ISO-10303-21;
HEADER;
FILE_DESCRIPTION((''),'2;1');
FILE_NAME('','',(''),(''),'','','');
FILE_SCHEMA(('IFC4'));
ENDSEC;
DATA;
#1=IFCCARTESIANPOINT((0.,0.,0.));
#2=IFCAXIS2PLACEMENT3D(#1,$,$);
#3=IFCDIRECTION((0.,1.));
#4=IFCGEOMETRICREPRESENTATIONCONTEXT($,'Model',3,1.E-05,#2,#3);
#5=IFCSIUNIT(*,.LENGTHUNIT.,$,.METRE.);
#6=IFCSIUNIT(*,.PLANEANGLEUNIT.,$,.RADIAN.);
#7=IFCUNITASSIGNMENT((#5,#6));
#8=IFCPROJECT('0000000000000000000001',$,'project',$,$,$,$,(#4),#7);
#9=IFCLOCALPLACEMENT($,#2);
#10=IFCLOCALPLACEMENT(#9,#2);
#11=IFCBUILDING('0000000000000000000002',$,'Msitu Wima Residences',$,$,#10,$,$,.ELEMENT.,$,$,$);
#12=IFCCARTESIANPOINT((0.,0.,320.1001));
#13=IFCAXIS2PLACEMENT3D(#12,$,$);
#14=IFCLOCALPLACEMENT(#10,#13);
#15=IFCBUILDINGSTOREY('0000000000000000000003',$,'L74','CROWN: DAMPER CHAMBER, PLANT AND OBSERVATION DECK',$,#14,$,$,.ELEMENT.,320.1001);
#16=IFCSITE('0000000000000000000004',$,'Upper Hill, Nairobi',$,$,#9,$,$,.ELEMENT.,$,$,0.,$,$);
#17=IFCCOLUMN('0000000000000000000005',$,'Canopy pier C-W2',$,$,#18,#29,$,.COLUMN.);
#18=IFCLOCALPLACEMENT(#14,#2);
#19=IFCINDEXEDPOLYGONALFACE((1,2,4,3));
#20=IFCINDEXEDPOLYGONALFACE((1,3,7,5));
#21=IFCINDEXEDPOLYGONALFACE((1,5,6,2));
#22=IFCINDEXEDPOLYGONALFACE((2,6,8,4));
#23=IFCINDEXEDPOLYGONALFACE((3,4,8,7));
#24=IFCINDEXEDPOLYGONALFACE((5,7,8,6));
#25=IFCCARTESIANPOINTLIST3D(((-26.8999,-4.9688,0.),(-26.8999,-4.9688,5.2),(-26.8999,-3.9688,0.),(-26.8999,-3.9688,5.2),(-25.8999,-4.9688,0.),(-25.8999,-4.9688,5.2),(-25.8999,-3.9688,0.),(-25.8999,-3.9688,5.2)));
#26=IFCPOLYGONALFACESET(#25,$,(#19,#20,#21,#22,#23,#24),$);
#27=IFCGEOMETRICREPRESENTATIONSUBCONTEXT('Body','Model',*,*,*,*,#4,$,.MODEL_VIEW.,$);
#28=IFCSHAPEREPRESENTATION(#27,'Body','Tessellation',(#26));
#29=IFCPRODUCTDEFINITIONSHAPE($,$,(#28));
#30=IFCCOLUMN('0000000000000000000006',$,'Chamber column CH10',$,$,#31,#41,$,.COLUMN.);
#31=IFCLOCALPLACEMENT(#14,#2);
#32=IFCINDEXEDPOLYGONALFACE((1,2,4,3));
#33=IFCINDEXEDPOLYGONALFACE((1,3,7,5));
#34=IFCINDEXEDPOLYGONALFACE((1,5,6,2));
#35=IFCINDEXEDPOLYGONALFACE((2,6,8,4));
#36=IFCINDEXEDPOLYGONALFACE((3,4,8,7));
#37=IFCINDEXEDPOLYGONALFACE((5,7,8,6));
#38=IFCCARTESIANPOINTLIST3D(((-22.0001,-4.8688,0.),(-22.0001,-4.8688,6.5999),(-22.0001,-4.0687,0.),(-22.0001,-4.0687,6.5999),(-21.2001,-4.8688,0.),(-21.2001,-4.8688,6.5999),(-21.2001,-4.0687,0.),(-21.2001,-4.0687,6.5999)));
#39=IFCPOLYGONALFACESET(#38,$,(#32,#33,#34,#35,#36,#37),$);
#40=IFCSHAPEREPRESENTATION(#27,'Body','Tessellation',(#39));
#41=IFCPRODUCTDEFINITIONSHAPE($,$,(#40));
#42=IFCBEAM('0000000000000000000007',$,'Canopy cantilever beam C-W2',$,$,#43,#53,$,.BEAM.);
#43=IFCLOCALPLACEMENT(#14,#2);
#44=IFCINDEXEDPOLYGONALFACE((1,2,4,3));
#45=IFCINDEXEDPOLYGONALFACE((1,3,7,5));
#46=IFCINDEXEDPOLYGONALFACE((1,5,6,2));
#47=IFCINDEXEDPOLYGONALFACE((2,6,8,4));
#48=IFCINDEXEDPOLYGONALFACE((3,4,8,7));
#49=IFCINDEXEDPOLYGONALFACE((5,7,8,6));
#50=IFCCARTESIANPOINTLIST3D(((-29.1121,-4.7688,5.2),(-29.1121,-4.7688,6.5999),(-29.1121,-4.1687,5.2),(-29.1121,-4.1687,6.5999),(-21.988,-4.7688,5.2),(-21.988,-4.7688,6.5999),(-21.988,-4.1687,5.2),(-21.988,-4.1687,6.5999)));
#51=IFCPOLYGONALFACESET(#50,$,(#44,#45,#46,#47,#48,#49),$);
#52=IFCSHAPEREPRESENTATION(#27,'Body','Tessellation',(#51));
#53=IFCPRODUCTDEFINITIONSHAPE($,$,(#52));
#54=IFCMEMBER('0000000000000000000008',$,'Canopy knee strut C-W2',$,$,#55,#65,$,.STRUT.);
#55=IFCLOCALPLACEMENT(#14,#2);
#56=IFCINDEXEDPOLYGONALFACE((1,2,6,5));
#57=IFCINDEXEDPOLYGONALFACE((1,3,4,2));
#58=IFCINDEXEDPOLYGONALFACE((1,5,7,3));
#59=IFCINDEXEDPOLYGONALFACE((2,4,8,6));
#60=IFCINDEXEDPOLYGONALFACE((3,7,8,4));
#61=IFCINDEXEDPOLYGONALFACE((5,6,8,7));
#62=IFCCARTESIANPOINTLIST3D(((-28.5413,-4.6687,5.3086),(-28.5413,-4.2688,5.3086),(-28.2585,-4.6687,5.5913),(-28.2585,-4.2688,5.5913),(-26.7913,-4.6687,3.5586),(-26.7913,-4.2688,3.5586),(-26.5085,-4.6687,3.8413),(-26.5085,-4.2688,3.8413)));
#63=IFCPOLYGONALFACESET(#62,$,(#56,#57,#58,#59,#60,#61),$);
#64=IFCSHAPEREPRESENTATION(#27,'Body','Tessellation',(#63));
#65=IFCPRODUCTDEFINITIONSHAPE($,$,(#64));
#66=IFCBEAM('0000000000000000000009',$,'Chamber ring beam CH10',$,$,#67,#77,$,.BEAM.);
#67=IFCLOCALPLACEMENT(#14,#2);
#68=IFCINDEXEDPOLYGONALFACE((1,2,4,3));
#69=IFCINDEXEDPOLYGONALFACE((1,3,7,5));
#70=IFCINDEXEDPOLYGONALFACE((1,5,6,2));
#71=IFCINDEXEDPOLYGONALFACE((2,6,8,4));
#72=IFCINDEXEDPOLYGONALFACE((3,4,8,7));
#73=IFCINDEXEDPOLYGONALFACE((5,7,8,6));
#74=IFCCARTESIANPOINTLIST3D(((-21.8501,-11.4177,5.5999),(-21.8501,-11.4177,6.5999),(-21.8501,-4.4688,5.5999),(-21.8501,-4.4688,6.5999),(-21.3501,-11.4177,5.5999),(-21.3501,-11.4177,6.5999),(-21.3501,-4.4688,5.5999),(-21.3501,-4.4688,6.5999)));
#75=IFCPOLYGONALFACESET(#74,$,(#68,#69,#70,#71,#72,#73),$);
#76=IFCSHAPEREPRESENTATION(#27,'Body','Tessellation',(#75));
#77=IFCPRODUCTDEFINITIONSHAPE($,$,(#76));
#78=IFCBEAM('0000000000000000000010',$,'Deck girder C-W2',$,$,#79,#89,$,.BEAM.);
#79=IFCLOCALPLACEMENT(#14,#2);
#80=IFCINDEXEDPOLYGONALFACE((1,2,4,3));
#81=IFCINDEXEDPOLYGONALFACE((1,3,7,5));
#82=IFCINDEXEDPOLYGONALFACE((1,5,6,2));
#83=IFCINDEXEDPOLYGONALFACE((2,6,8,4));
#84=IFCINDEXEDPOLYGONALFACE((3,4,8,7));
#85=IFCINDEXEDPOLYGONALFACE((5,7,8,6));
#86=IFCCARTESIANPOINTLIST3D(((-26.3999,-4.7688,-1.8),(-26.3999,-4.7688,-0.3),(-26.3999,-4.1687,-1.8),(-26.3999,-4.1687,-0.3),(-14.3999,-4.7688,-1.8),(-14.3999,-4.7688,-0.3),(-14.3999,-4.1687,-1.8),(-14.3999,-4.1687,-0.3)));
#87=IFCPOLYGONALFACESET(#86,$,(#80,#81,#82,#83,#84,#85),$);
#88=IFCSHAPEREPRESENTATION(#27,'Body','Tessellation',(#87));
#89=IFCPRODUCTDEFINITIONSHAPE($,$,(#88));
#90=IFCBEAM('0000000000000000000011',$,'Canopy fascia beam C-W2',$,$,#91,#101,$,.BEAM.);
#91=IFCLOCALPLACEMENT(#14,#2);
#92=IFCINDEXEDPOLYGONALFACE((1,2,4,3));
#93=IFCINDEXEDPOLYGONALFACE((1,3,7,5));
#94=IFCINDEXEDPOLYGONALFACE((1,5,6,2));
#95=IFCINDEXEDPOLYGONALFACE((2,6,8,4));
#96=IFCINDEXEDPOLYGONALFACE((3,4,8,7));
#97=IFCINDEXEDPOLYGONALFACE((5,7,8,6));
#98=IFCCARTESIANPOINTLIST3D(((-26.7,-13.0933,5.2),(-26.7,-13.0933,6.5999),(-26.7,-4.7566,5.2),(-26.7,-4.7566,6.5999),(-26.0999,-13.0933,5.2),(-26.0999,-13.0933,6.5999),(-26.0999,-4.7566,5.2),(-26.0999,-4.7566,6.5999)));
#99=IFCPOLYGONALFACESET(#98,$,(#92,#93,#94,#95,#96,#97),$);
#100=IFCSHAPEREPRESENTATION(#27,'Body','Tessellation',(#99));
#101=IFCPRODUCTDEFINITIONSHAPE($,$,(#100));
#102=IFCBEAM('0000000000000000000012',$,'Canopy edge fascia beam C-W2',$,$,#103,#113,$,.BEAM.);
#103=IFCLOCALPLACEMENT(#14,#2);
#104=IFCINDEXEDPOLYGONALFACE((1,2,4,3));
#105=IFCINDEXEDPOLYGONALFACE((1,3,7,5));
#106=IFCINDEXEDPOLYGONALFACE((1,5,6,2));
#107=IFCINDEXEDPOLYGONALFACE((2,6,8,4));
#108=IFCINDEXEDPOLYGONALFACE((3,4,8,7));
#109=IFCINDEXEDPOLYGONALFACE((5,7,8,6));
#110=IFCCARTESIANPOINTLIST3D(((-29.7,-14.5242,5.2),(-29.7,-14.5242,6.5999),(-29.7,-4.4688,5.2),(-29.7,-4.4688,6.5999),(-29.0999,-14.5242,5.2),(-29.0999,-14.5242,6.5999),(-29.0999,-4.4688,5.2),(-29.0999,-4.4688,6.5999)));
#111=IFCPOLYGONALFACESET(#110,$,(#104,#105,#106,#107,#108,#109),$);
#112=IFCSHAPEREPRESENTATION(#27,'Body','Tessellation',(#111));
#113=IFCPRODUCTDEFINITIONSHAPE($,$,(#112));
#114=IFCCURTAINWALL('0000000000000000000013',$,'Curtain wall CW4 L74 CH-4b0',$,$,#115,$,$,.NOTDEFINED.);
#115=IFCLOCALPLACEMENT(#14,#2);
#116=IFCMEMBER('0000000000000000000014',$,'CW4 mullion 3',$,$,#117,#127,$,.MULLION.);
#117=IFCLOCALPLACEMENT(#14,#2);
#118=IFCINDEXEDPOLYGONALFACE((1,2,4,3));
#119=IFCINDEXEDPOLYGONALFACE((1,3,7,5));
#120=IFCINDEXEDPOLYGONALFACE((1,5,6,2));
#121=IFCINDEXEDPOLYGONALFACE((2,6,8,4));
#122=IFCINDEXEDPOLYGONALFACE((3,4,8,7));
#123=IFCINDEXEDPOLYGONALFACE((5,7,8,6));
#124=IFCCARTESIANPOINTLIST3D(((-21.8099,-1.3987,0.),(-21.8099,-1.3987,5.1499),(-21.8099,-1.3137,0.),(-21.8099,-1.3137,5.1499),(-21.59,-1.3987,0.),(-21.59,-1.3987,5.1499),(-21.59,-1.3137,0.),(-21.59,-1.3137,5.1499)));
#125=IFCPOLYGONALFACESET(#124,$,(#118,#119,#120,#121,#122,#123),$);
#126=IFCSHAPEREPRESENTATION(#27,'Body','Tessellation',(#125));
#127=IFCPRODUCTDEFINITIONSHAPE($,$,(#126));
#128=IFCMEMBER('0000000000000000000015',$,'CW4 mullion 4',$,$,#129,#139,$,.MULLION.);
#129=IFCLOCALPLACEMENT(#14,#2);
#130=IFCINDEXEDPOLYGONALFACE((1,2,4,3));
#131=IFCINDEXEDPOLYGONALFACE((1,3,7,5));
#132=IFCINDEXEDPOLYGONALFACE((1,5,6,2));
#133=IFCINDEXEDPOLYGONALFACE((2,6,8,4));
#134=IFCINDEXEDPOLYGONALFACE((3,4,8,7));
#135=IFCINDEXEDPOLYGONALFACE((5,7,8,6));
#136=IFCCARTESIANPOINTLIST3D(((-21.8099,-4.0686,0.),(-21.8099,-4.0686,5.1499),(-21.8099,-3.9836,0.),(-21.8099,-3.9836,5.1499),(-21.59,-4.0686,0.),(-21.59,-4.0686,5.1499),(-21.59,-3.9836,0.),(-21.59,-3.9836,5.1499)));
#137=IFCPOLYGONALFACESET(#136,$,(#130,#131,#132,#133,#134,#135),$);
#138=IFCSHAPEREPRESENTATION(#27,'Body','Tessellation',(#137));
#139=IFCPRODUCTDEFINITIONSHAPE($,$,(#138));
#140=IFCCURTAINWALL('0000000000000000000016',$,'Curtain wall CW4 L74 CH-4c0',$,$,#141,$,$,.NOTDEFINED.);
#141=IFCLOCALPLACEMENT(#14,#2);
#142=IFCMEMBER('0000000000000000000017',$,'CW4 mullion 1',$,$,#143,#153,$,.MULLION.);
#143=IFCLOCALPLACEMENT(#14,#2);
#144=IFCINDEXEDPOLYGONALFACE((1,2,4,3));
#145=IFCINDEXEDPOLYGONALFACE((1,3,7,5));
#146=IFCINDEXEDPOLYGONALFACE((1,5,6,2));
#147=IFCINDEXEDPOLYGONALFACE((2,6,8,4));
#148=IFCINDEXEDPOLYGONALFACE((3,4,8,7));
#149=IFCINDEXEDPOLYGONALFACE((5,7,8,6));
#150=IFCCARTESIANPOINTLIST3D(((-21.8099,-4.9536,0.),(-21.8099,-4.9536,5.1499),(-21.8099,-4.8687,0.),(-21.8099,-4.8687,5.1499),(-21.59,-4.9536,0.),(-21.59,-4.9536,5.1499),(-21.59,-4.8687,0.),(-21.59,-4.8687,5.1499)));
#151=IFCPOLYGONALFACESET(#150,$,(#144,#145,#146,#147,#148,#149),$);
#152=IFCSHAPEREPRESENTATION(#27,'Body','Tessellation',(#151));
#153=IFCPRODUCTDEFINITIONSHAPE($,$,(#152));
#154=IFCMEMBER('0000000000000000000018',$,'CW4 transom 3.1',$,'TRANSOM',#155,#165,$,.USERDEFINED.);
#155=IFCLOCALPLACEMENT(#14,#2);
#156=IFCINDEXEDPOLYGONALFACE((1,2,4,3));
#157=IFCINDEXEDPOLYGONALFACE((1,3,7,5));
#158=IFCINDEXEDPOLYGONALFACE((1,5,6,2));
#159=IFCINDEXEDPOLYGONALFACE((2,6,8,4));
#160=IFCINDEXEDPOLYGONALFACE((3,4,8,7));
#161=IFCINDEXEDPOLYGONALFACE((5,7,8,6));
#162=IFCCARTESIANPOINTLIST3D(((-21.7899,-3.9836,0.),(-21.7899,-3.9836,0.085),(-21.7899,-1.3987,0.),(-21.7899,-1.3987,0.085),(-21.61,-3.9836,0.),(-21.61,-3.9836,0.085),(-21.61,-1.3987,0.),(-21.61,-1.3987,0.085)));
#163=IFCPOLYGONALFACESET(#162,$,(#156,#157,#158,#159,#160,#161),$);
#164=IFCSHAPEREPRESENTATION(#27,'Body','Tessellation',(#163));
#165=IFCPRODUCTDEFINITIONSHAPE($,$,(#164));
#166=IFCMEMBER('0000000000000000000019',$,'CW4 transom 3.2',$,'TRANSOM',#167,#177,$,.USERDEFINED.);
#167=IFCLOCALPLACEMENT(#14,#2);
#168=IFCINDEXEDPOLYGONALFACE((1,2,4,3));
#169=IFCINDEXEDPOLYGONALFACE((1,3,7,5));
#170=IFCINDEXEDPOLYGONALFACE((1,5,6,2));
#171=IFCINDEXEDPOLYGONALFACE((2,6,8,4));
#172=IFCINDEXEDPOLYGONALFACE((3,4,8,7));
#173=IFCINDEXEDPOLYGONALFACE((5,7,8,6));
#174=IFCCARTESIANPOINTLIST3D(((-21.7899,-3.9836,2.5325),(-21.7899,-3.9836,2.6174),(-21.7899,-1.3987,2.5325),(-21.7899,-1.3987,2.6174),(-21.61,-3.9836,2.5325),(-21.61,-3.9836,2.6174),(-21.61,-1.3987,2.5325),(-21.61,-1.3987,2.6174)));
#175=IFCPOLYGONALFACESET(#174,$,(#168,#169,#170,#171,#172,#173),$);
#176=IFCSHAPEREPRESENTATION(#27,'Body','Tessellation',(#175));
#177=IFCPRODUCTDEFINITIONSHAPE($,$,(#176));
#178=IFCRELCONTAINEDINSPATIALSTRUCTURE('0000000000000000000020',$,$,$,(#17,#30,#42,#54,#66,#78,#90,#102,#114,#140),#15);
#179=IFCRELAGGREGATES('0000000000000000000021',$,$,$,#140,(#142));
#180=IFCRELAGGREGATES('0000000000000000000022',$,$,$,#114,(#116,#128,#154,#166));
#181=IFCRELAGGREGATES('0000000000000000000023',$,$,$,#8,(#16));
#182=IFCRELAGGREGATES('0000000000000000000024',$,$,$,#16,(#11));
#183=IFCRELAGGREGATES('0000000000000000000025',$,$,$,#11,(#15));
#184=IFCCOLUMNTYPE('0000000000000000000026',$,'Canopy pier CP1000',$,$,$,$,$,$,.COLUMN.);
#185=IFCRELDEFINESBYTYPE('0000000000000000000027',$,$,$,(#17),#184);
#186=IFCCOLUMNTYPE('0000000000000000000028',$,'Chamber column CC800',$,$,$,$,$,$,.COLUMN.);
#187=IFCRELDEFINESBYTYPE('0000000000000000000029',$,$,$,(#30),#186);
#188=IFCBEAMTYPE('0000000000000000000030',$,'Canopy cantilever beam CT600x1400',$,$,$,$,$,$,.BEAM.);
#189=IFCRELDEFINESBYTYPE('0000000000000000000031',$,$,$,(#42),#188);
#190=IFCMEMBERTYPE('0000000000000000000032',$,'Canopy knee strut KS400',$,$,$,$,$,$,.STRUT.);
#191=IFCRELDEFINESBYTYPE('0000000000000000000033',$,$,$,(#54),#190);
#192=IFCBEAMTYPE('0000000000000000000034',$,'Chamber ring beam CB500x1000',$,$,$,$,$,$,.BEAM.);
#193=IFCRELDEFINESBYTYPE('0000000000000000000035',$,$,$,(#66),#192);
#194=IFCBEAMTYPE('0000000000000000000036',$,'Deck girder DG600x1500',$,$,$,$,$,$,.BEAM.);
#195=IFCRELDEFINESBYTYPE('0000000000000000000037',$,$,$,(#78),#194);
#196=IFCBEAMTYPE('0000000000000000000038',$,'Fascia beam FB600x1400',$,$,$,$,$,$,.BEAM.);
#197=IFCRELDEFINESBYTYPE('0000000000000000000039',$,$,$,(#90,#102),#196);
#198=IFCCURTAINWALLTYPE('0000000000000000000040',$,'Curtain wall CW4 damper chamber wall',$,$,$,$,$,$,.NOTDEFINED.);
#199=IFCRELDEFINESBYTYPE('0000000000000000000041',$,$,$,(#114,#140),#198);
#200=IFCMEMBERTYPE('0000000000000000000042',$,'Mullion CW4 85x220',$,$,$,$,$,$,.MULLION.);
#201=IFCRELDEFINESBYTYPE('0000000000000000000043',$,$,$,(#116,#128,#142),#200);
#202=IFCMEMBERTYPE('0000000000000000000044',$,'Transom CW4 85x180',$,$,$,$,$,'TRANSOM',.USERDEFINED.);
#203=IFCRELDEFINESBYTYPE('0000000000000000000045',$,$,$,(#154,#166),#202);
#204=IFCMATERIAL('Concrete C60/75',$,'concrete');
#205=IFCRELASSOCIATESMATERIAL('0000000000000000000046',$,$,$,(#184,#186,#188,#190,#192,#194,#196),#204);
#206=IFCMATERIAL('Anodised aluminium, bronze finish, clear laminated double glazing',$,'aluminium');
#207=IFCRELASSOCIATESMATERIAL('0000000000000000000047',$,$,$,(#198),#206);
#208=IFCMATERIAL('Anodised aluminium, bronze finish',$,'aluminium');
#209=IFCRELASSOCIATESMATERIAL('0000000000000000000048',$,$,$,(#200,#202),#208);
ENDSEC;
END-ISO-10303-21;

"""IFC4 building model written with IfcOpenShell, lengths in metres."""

from ifc_helpers import new_model, si_unit, direction, frame, origin, origin_2d, place, context, subcontext, project, spatial, rectangle, extrude, material, material_profile, profile_set, type_object, element, aggregate, save


model = new_model("IFC4")

# Units and contexts
model_context = context("Model", 3, precision=1e-05, world=origin(), true_north=direction((0.0, 1.0)))
body_context = subcontext(model_context, "Body", "Model", "MODEL_VIEW")
ifc_project = project(units=[si_unit("LENGTHUNIT", "METRE"), si_unit("PLANEANGLEUNIT", "RADIAN")], contexts=[model_context])

# Site, building, storey
site_placement = place(None, origin())
site = spatial("IfcSite", under=ifc_project, at=site_placement, Name="Upper Hill, Nairobi", CompositionType="ELEMENT", RefElevation=0.0)
building_placement = place(site_placement, origin())
building = spatial("IfcBuilding", under=site, at=building_placement, Name="Msitu Wima Residences", CompositionType="ELEMENT")
storey_placement = place(building_placement, frame((0.0, 0.0, 320.1001)))
storey = spatial("IfcBuildingStorey", under=building, at=storey_placement, Name="L74", Description="CROWN: DAMPER CHAMBER, PLANT AND OBSERVATION DECK", CompositionType="ELEMENT", Elevation=320.1001)

# Columns
ifc_material_1 = material(Name="Concrete C60/75", Category="concrete")
ifc_material_profile_1 = material_profile(ifc_material_1, rectangle(XDim=1.0, YDim=1.0, at=origin_2d()), Name="RC 1000x1000")
ifc_profile_set_1 = profile_set([ifc_material_profile_1], Name="Concrete C60/75")
column_type_1 = type_object("IfcColumnType", Name="Canopy pier CP1000", PredefinedType="COLUMN", material=ifc_profile_set_1)
column_1_placement = place(storey_placement, frame((-26.3999, -4.4688, 0.0), z_axis=(0.0, 0.0, 1.0), x_axis=(1.0, 0.0, 0.0)))
element("IfcColumn", 1, at=column_1_placement, inside=storey, type_object=column_type_1, Name="Canopy pier C-W2", PredefinedType="COLUMN", context=body_context, shape_type="SweptSolid", body=[
    extrude(rectangle(XDim=1.0, YDim=1.0, at=origin_2d()), origin(), (0.0, 0.0, 1.0), 5.2),
])
ifc_material_profile_2 = material_profile(ifc_material_1, rectangle(XDim=0.8, YDim=0.8, at=origin_2d()), Name="RC 800x800")
ifc_profile_set_2 = profile_set([ifc_material_profile_2], Name="Concrete C60/75")
column_type_2 = type_object("IfcColumnType", Name="Chamber column CC800", PredefinedType="COLUMN", material=ifc_profile_set_2)
column_2_placement = place(storey_placement, frame((-21.6001, -4.4688, 0.0), z_axis=(0.0, 0.0, 1.0), x_axis=(1.0, 0.0, 0.0)))
element("IfcColumn", 2, at=column_2_placement, inside=storey, type_object=column_type_2, Name="Chamber column CH10", PredefinedType="COLUMN", context=body_context, shape_type="SweptSolid", body=[
    extrude(rectangle(XDim=0.8, YDim=0.8, at=origin_2d()), origin(), (0.0, 0.0, 1.0), 6.5999),
])

# Beam
ifc_material_profile_3 = material_profile(ifc_material_1, rectangle(XDim=0.6001, YDim=1.3999, at=origin_2d()), Name="RC 600x1400")
ifc_profile_set_3 = profile_set([ifc_material_profile_3], Name="Concrete C60/75")
beam_type_1 = type_object("IfcBeamType", Name="Canopy cantilever beam CT600x1400", PredefinedType="BEAM", material=ifc_profile_set_3)
beam_1_placement = place(storey_placement, frame((-21.988, -4.4688, 5.8999), z_axis=(-1.0, 0.0, 0.0), x_axis=(0.0, -1.0, 0.0)))
element("IfcBeam", 3, at=beam_1_placement, inside=storey, type_object=beam_type_1, Name="Canopy cantilever beam C-W2", PredefinedType="BEAM", context=body_context, shape_type="SweptSolid", body=[
    extrude(rectangle(XDim=0.6001, YDim=1.3999, at=origin_2d()), origin(), (0.0, 0.0, 1.0), 7.124),
])

# Member
ifc_material_profile_4 = material_profile(ifc_material_1, rectangle(XDim=0.3999, YDim=0.3999, at=origin_2d()), Name="RC 400x400")
ifc_profile_set_4 = profile_set([ifc_material_profile_4], Name="Concrete C60/75")
member_type_1 = type_object("IfcMemberType", Name="Canopy knee strut KS400", PredefinedType="STRUT", material=ifc_profile_set_4)
member_1_placement = place(storey_placement, frame((-26.6499, -4.4688, 3.7), z_axis=(-0.707107, 0.0, 0.707107), x_axis=(0.0, -1.0, 0.0)))
element("IfcMember", 4, at=member_1_placement, inside=storey, type_object=member_type_1, Name="Canopy knee strut C-W2", PredefinedType="STRUT", context=body_context, shape_type="SweptSolid", body=[
    extrude(rectangle(XDim=0.3999, YDim=0.3999, at=origin_2d()), origin(), (0.0, 0.0, 1.0), 2.4749),
])

# Beams
ifc_material_profile_5 = material_profile(ifc_material_1, rectangle(XDim=0.5, YDim=1.0, at=origin_2d()), Name="RC 500x1000")
ifc_profile_set_5 = profile_set([ifc_material_profile_5], Name="Concrete C60/75")
beam_type_2 = type_object("IfcBeamType", Name="Chamber ring beam CB500x1000", PredefinedType="BEAM", material=ifc_profile_set_5)
beam_2_placement = place(storey_placement, frame((-21.6001, -4.4688, 6.0999), z_axis=(0.0, -1.0, 0.0), x_axis=(1.0, 0.0, 0.0)))
element("IfcBeam", 5, at=beam_2_placement, inside=storey, type_object=beam_type_2, Name="Chamber ring beam CH10", PredefinedType="BEAM", context=body_context, shape_type="SweptSolid", body=[
    extrude(rectangle(XDim=0.5, YDim=1.0, at=origin_2d()), origin(), (0.0, 0.0, 1.0), 6.949),
])
ifc_material_profile_6 = material_profile(ifc_material_1, rectangle(XDim=0.6001, YDim=1.5, at=origin_2d()), Name="RC 600x1500")
ifc_profile_set_6 = profile_set([ifc_material_profile_6], Name="Concrete C60/75")
beam_type_3 = type_object("IfcBeamType", Name="Deck girder DG600x1500", PredefinedType="BEAM", material=ifc_profile_set_6)
beam_3_placement = place(storey_placement, frame((-26.3999, -4.4688, -1.05), z_axis=(1.0, 0.0, 0.0), x_axis=(0.0, 1.0, 0.0)))
element("IfcBeam", 6, at=beam_3_placement, inside=storey, type_object=beam_type_3, Name="Deck girder C-W2", PredefinedType="BEAM", context=body_context, shape_type="SweptSolid", body=[
    extrude(rectangle(XDim=0.6001, YDim=1.5, at=origin_2d()), origin(), (0.0, 0.0, 1.0), 12.0),
])
ifc_material_profile_7 = material_profile(ifc_material_1, rectangle(XDim=0.6001, YDim=1.3999, at=origin_2d()), Name="RC 600x1400")
ifc_profile_set_7 = profile_set([ifc_material_profile_7], Name="Concrete C60/75")
beam_type_4 = type_object("IfcBeamType", Name="Fascia beam FB600x1400", PredefinedType="BEAM", material=ifc_profile_set_7)
beam_4_placement = place(storey_placement, frame((-26.3999, -4.7566, 5.8999), z_axis=(0.0, -1.0, 0.0), x_axis=(1.0, 0.0, 0.0)))
element("IfcBeam", 7, at=beam_4_placement, inside=storey, type_object=beam_type_4, Name="Canopy fascia beam C-W2", PredefinedType="BEAM", context=body_context, shape_type="SweptSolid", body=[
    extrude(rectangle(XDim=0.6001, YDim=1.3999, at=origin_2d()), origin(), (0.0, 0.0, 1.0), 8.3367),
])
beam_5_placement = place(storey_placement, frame((-29.3999, -4.4688, 5.8999), z_axis=(0.0, -1.0, 0.0), x_axis=(1.0, 0.0, 0.0)))
element("IfcBeam", 8, at=beam_5_placement, inside=storey, type_object=beam_type_4, Name="Canopy edge fascia beam C-W2", PredefinedType="BEAM", context=body_context, shape_type="SweptSolid", body=[
    extrude(rectangle(XDim=0.6001, YDim=1.3999, at=origin_2d()), origin(), (0.0, 0.0, 1.0), 10.0554),
])

# Curtain wall, members
ifc_material_2 = material(Name="Anodised aluminium, bronze finish, clear laminated double glazing", Category="aluminium")
curtain_wall_type = type_object("IfcCurtainWallType", Name="Curtain wall CW4 damper chamber wall", PredefinedType="NOTDEFINED", material=ifc_material_2)
curtain_wall_1_placement = place(storey_placement, origin())
curtain_wall_1 = element("IfcCurtainWall", 9, at=curtain_wall_1_placement, inside=storey, type_object=curtain_wall_type, Name="Curtain wall CW4 L74 CH-4b0", PredefinedType="NOTDEFINED")
ifc_material_3 = material(Name="Anodised aluminium, bronze finish", Category="aluminium")
ifc_material_profile_8 = material_profile(ifc_material_3, rectangle(XDim=0.22, YDim=0.085, at=origin_2d()), Name="Mullion 85x220")
ifc_profile_set_8 = profile_set([ifc_material_profile_8], Name="Anodised aluminium, bronze finish")
member_type_2 = type_object("IfcMemberType", Name="Mullion CW4 85x220", PredefinedType="MULLION", material=ifc_profile_set_8)
member_2_placement = place(storey_placement, frame((-21.7, -1.3562, 0.0), z_axis=(0.0, 0.0, 1.0), x_axis=(1.0, 0.0, 0.0)))
member_2 = element("IfcMember", 10, at=member_2_placement, type_object=member_type_2, Name="CW4 mullion 3", PredefinedType="MULLION", context=body_context, shape_type="SweptSolid", body=[
    extrude(rectangle(XDim=0.22, YDim=0.085, at=origin_2d()), origin(), (0.0, 0.0, 1.0), 5.1499),
])
member_3_placement = place(storey_placement, frame((-21.7, -4.0261, 0.0), z_axis=(0.0, 0.0, 1.0), x_axis=(1.0, 0.0, 0.0)))
member_3 = element("IfcMember", 11, at=member_3_placement, type_object=member_type_2, Name="CW4 mullion 4", PredefinedType="MULLION", context=body_context, shape_type="SweptSolid", body=[
    extrude(rectangle(XDim=0.22, YDim=0.085, at=origin_2d()), origin(), (0.0, 0.0, 1.0), 5.1499),
])

# Curtain wall, member
curtain_wall_2_placement = place(storey_placement, origin())
curtain_wall_2 = element("IfcCurtainWall", 12, at=curtain_wall_2_placement, inside=storey, type_object=curtain_wall_type, Name="Curtain wall CW4 L74 CH-4c0", PredefinedType="NOTDEFINED")
member_4_placement = place(storey_placement, frame((-21.7, -4.9111, 0.0), z_axis=(0.0, 0.0, 1.0), x_axis=(1.0, 0.0, 0.0)))
member_4 = element("IfcMember", 13, at=member_4_placement, type_object=member_type_2, Name="CW4 mullion 1", PredefinedType="MULLION", context=body_context, shape_type="SweptSolid", body=[
    extrude(rectangle(XDim=0.22, YDim=0.085, at=origin_2d()), origin(), (0.0, 0.0, 1.0), 5.1499),
])

# Members
ifc_material_profile_9 = material_profile(ifc_material_3, rectangle(XDim=0.1799, YDim=0.085, at=origin_2d()), Name="Transom 85x180")
ifc_profile_set_9 = profile_set([ifc_material_profile_9], Name="Anodised aluminium, bronze finish")
member_type_3 = type_object("IfcMemberType", Name="Transom CW4 85x180", ElementType="TRANSOM", PredefinedType="USERDEFINED", material=ifc_profile_set_9)
member_5_placement = place(storey_placement, frame((-21.7, -1.3987, 0.0425), z_axis=(0.0, -1.0, 0.0), x_axis=(1.0, 0.0, 0.0)))
member_5 = element("IfcMember", 14, at=member_5_placement, type_object=member_type_3, Name="CW4 transom 3.1", ObjectType="TRANSOM", PredefinedType="USERDEFINED", context=body_context, shape_type="SweptSolid", body=[
    extrude(rectangle(XDim=0.1799, YDim=0.085, at=origin_2d()), origin(), (0.0, 0.0, 1.0), 2.585),
])
member_6_placement = place(storey_placement, frame((-21.7, -1.3987, 2.575), z_axis=(0.0, -1.0, 0.0), x_axis=(1.0, 0.0, 0.0)))
member_6 = element("IfcMember", 15, at=member_6_placement, type_object=member_type_3, Name="CW4 transom 3.2", ObjectType="TRANSOM", PredefinedType="USERDEFINED", context=body_context, shape_type="SweptSolid", body=[
    extrude(rectangle(XDim=0.1799, YDim=0.085, at=origin_2d()), origin(), (0.0, 0.0, 1.0), 2.585),
])
aggregate(curtain_wall_2, [member_4])

aggregate(curtain_wall_1, [member_2, member_3, member_5, member_6])

save(model, "model.ifc")
